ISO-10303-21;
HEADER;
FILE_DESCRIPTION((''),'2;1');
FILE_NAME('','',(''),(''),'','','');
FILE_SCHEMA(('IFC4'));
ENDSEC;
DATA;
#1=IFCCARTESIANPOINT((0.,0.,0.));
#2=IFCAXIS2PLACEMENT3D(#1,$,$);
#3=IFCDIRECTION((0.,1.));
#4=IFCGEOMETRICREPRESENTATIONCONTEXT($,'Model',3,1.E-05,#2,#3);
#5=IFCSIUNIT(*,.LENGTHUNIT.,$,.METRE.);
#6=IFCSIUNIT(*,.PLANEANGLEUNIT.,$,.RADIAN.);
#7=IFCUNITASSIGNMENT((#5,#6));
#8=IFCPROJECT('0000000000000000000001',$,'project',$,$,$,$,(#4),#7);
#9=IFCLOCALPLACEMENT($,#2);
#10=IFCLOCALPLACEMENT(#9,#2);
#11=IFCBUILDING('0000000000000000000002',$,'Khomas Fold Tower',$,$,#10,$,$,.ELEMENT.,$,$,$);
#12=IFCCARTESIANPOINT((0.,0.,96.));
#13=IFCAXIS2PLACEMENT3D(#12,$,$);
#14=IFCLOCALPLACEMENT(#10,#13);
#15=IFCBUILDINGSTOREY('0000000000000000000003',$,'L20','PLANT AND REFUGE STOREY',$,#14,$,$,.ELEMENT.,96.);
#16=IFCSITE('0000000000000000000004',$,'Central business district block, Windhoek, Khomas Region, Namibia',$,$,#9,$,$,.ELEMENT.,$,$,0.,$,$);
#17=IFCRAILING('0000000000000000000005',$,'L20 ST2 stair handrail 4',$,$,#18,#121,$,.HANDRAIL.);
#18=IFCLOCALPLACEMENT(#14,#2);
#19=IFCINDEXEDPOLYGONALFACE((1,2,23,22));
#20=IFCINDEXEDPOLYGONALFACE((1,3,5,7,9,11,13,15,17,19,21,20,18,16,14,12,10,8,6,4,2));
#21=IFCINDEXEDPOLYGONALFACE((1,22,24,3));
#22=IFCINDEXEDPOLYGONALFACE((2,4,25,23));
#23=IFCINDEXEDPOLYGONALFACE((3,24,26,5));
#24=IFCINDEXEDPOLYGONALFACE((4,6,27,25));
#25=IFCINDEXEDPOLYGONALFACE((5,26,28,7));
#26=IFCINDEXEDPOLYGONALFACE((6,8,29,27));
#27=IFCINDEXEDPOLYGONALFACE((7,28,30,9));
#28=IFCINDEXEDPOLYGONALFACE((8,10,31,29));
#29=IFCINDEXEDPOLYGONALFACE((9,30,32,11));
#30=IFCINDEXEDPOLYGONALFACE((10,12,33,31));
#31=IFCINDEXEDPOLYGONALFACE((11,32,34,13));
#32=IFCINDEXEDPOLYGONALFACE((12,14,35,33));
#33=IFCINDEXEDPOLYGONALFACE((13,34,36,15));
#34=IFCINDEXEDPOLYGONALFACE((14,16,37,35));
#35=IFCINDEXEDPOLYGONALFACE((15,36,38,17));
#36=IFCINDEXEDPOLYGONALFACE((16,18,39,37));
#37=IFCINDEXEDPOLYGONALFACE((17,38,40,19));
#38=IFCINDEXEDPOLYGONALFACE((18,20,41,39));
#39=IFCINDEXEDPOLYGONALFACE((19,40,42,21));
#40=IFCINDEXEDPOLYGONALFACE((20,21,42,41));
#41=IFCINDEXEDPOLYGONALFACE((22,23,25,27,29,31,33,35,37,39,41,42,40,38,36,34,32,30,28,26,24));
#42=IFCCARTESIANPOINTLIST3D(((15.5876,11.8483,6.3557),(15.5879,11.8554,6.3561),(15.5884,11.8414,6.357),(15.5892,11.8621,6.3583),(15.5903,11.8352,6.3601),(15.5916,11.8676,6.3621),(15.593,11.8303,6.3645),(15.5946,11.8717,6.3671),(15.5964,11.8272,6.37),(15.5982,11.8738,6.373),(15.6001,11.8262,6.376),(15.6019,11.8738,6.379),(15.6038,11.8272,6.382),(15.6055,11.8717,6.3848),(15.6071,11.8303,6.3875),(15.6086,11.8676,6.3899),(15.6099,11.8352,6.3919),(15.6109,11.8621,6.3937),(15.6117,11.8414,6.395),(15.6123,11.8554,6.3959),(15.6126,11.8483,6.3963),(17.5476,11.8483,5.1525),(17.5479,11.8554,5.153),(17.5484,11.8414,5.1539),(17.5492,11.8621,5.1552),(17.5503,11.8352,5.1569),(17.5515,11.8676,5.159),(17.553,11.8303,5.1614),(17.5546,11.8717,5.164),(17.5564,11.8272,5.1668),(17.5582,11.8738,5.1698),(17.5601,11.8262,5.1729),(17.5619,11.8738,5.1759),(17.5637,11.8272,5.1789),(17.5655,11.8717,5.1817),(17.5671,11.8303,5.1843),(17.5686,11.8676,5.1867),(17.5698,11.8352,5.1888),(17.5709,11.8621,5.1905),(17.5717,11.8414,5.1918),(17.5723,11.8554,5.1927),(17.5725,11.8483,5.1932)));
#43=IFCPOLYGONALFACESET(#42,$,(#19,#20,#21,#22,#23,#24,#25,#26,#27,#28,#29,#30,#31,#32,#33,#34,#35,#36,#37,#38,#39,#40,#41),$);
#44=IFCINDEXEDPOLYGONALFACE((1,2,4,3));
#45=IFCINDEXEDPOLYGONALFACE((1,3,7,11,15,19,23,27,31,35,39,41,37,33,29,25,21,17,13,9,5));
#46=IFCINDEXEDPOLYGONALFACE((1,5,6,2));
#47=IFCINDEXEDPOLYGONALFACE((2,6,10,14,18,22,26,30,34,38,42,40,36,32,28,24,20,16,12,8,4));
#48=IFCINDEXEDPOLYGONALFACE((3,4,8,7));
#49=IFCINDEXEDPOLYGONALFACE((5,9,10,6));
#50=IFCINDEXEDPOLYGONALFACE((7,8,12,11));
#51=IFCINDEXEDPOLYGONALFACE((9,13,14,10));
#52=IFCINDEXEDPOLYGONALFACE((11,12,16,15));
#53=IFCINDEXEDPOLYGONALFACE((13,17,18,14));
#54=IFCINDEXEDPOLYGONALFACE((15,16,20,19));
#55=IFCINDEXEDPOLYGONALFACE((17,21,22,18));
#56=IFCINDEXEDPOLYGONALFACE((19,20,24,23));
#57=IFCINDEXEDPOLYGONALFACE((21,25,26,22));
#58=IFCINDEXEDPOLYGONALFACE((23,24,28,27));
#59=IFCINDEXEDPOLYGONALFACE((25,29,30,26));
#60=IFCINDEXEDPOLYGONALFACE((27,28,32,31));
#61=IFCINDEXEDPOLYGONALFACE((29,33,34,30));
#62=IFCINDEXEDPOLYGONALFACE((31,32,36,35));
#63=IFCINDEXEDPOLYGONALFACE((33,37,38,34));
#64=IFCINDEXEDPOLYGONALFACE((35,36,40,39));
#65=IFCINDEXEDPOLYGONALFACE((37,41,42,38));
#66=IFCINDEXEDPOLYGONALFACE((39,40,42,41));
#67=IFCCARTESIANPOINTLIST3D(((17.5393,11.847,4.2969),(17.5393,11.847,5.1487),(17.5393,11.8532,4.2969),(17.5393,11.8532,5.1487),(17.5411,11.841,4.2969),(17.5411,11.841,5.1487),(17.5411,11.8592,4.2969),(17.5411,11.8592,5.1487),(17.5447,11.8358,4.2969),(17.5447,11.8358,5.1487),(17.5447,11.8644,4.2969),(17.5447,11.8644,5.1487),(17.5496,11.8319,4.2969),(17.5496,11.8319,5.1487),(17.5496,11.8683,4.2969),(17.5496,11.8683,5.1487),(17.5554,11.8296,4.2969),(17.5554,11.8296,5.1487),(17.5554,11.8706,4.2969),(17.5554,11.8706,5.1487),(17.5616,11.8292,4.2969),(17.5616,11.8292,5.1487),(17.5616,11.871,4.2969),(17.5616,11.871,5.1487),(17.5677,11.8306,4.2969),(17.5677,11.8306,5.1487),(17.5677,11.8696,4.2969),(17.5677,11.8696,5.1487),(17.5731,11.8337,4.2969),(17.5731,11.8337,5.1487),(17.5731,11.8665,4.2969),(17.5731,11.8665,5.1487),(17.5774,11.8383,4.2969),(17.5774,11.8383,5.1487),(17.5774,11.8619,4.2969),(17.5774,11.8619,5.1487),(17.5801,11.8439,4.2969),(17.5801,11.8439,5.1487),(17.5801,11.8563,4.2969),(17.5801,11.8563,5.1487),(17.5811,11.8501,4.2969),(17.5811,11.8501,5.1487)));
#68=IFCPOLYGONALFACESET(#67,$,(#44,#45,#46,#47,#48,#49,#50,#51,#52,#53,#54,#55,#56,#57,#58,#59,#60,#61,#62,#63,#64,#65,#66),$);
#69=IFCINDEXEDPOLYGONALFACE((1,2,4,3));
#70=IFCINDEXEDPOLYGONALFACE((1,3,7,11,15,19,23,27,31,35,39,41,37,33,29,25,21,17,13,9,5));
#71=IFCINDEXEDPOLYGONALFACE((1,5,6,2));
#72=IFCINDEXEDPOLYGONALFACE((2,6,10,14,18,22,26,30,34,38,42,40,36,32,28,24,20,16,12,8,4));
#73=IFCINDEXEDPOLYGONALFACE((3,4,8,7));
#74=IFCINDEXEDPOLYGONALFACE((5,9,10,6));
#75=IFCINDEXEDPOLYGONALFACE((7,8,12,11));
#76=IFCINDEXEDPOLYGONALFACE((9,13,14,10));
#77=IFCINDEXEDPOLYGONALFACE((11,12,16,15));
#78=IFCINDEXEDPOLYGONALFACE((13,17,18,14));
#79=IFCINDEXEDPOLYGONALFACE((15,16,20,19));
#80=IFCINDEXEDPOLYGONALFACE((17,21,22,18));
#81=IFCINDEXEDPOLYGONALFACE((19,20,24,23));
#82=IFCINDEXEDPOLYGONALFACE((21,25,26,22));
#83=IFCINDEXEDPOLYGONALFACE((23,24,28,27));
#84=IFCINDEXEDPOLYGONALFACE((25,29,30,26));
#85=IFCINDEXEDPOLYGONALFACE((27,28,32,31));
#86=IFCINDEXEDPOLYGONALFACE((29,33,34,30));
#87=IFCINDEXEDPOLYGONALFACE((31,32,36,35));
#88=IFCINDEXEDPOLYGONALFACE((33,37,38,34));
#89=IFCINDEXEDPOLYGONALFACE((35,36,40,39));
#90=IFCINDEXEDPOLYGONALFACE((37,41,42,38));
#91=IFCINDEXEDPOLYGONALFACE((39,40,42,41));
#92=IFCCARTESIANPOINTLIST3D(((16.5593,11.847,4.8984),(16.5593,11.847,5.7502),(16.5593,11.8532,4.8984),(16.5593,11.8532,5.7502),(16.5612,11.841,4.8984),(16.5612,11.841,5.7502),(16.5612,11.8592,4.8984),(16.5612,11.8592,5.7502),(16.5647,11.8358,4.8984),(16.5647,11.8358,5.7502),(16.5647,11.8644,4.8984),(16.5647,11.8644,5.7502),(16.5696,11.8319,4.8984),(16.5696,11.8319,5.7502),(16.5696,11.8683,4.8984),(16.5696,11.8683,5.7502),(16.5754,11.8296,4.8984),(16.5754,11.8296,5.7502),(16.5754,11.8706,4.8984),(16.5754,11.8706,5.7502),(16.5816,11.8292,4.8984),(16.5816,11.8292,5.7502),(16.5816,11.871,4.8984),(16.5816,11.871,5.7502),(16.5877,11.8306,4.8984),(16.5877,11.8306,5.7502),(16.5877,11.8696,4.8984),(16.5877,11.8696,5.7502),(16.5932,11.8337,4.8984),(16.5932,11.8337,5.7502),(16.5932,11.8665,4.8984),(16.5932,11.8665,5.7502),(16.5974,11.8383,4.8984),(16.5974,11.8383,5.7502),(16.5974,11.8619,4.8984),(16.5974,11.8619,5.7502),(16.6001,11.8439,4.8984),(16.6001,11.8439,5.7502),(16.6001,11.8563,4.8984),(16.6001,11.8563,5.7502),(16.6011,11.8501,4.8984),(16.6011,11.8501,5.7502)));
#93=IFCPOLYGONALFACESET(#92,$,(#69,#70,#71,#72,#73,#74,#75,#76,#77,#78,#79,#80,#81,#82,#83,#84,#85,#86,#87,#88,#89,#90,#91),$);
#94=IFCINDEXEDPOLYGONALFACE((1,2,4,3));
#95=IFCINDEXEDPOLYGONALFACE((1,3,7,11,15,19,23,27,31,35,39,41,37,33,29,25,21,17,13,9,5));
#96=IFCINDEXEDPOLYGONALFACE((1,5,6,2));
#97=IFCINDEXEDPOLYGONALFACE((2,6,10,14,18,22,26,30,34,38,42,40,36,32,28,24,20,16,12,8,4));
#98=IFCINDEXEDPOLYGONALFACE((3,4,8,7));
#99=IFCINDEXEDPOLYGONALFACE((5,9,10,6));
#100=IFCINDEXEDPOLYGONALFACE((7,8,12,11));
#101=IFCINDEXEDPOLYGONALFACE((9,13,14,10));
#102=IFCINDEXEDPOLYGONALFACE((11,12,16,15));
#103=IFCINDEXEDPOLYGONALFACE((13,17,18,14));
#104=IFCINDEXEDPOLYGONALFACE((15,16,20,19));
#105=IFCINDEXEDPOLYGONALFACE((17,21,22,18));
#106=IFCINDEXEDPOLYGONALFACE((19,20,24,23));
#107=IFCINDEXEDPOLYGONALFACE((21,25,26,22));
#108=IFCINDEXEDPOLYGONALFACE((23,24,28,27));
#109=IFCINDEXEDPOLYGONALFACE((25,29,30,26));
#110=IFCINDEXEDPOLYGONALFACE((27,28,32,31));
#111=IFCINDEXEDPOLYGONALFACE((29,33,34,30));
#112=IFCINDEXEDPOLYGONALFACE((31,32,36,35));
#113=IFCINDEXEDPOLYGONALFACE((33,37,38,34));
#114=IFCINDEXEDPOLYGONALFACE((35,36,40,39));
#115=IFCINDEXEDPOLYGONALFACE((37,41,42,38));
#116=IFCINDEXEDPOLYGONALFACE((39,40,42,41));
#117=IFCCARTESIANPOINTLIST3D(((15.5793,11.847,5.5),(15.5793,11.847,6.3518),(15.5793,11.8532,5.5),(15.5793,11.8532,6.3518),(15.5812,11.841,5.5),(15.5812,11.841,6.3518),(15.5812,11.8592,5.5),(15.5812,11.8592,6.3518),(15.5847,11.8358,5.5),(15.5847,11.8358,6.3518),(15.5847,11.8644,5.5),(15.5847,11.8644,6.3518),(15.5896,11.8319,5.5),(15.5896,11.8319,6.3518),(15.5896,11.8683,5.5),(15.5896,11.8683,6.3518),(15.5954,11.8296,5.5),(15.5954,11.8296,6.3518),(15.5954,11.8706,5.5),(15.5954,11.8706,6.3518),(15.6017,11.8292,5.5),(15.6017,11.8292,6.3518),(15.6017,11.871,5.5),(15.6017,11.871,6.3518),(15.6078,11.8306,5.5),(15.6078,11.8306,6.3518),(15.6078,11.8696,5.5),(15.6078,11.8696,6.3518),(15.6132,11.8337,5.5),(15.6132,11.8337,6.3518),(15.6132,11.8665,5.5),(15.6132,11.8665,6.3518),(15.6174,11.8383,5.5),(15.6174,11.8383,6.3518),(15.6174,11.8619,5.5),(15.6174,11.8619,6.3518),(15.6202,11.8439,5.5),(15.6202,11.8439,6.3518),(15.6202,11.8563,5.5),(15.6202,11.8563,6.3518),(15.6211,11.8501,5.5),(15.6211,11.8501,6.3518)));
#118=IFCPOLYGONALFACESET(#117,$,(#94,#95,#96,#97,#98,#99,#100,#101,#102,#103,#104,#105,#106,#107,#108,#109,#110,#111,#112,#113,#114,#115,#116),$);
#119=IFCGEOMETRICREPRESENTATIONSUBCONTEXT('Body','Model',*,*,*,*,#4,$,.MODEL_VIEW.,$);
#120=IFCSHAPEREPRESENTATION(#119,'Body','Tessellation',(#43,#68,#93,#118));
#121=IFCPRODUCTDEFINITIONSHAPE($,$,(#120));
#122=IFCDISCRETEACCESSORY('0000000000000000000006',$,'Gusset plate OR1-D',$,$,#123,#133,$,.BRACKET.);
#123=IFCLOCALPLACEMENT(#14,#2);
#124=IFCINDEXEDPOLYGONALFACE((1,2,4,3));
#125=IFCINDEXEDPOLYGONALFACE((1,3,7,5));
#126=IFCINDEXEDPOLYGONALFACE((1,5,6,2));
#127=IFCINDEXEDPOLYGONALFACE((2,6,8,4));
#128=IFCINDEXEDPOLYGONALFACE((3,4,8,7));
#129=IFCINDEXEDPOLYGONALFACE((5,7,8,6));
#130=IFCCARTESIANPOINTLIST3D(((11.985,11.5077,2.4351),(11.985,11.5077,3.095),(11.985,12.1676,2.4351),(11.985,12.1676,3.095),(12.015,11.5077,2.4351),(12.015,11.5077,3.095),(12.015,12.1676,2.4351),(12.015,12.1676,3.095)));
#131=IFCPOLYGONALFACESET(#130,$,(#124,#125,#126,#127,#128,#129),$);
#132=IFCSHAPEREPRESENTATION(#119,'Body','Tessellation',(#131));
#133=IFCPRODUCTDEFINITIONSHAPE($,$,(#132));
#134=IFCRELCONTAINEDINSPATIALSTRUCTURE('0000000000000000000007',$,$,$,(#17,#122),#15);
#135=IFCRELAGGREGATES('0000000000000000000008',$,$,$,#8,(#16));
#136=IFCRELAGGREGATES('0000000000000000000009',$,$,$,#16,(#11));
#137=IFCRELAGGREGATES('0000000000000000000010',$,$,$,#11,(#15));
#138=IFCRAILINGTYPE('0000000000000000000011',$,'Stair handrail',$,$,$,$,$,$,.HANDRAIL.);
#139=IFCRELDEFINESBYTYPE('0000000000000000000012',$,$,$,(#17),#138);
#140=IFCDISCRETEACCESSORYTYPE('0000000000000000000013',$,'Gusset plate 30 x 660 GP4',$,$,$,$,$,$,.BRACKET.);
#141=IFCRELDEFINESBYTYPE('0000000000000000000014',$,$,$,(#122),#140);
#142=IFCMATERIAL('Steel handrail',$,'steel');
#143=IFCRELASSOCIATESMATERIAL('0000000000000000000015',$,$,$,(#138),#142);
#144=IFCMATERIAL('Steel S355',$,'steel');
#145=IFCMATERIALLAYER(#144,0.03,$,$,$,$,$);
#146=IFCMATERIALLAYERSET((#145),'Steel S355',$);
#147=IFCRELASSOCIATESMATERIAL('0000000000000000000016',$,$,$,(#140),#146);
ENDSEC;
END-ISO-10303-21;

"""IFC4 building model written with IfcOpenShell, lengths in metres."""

from ifc_helpers import new_model, si_unit, direction, frame, origin, origin_2d, place, context, subcontext, project, spatial, rectangle, circle, extrude, source, transform, mapped, material, layer, layer_set, type_object, element, save


model = new_model("IFC4")

# Units and contexts
model_context = context("Model", 3, precision=1e-05, world=origin(), true_north=direction((0.0, 1.0)))
body_context = subcontext(model_context, "Body", "Model", "MODEL_VIEW")
ifc_project = project(units=[si_unit("LENGTHUNIT", "METRE"), si_unit("PLANEANGLEUNIT", "RADIAN")], contexts=[model_context])

# Site, building, storey
site_placement = place(None, origin())
site = spatial("IfcSite", under=ifc_project, at=site_placement, Name="Central business district block, Windhoek, Khomas Region, Namibia", CompositionType="ELEMENT", RefElevation=0.0)
building_placement = place(site_placement, origin())
building = spatial("IfcBuilding", under=site, at=building_placement, Name="Khomas Fold Tower", CompositionType="ELEMENT")
storey_placement = place(building_placement, frame((0.0, 0.0, 96.0)))
storey = spatial("IfcBuildingStorey", under=building, at=storey_placement, Name="L20", Description="PLANT AND REFUGE STOREY", CompositionType="ELEMENT", Elevation=96.0)

# Railing
ifc_material_1 = material(Name="Steel handrail", Category="steel")
railing_type_1 = type_object("IfcRailingType", Name="Stair handrail", PredefinedType="HANDRAIL", material=ifc_material_1)
shared_shape_1 = source(origin(), body_context, "Body", "SweptSolid", [
    extrude(circle(Radius=0.0239, at=origin_2d()), frame((0.0, 0.0, 0.876), z_axis=(-0.852241, 0.0, 0.523149), x_axis=(0.0, -1.0, 0.0)), (0.0, 0.0, 1.0), 2.2998),
    extrude(circle(Radius=0.021, at=origin_2d()), origin(), (0.0, 0.0, 1.0), 0.8518),
    extrude(circle(Radius=0.021, at=origin_2d()), frame((-0.98, 0.0, 0.6016)), (0.0, 0.0, 1.0), 0.8518),
    extrude(circle(Radius=0.021, at=origin_2d()), frame((-1.96, 0.0, 1.2031)), (0.0, 0.0, 1.0), 0.8518),
])
for number, where, name in (
    (1, (17.5601, 11.8501, 4.2969), "L20 ST2 stair handrail 4"),
):
    element("IfcRailing", number, at=place(storey_placement, frame(where)), inside=storey, type_object=railing_type_1, Name=name, PredefinedType="HANDRAIL", context=body_context, shape_type="MappedRepresentation", body=[
        mapped(shared_shape_1, transform((0.0, 0.0, 0.0))),
    ])

# Discrete accessory
ifc_material_2 = material(Name="Steel S355", Category="steel")
ifc_layer_1 = layer(ifc_material_2, 0.03)
ifc_layer_set_1 = layer_set([ifc_layer_1], Name="Steel S355")
discrete_accessory_type = type_object("IfcDiscreteAccessoryType", Name="Gusset plate 30 x 660 GP4", PredefinedType="BRACKET", material=ifc_layer_set_1)
shared_shape_2 = source(origin(), body_context, "Body", "SweptSolid", [
    extrude(rectangle(XDim=0.6599, YDim=0.03, at=origin_2d()), origin(), (0.0, 0.0, 1.0), 0.6599),
])
discrete_accessory_placement = place(storey_placement, frame((12.0, 11.8376, 2.4351), z_axis=(0.0, 0.0, 1.0), x_axis=(0.0, 1.0, 0.0)))
element("IfcDiscreteAccessory", 2, at=discrete_accessory_placement, inside=storey, type_object=discrete_accessory_type, Name="Gusset plate OR1-D", PredefinedType="BRACKET", context=body_context, shape_type="MappedRepresentation", body=[
    mapped(shared_shape_2, transform((0.0, 0.0, 0.0))),
])

save(model, "model.ifc")
